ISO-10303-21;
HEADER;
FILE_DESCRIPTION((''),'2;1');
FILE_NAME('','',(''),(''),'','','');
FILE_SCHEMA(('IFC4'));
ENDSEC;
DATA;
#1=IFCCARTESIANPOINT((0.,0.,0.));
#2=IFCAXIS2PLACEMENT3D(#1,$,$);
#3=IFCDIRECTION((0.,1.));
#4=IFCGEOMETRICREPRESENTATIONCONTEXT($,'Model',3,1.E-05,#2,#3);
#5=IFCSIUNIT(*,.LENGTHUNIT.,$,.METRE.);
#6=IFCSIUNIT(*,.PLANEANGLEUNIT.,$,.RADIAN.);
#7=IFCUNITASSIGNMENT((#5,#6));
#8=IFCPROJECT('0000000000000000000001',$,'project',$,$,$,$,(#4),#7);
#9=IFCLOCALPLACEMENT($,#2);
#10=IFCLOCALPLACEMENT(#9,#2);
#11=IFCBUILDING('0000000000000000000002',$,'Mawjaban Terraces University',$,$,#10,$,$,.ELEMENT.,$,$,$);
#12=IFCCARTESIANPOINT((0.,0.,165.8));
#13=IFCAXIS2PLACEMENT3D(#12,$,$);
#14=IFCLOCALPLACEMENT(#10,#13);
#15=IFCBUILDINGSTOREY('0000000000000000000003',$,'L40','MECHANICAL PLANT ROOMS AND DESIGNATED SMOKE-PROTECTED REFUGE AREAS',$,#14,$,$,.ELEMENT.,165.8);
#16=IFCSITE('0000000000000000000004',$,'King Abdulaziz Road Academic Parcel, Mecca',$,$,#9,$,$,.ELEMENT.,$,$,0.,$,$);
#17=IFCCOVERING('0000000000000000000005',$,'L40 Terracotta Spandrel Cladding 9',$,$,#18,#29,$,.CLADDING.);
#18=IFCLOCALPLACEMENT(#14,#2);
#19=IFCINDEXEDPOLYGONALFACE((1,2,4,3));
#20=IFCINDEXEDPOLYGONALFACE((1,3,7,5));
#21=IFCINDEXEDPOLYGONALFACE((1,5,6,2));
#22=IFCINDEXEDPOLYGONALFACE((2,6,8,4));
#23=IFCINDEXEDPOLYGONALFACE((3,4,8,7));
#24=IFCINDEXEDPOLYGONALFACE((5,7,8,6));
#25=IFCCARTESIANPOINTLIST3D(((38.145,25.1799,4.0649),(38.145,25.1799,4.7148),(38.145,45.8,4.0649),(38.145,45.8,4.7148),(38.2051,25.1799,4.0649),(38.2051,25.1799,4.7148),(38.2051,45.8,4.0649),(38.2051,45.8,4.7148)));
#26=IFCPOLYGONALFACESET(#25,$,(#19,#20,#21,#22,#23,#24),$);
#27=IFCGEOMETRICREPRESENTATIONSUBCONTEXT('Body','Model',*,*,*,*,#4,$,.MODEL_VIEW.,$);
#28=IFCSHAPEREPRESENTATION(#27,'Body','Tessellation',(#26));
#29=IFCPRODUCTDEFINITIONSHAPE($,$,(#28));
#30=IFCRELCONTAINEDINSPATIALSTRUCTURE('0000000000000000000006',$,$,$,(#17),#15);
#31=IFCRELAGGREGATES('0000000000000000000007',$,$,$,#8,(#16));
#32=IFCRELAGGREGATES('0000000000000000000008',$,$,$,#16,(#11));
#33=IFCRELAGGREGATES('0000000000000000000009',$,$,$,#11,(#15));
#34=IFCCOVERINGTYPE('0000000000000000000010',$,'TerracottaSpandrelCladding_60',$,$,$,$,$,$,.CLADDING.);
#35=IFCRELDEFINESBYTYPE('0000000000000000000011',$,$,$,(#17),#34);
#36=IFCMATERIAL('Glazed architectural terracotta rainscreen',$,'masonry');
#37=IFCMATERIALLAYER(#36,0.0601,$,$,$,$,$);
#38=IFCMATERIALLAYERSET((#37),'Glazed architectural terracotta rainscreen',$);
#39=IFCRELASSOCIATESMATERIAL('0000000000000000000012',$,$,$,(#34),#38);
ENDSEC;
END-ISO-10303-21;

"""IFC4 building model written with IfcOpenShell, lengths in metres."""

from ifc_helpers import new_model, si_unit, direction, frame, origin, origin_2d, place, context, subcontext, project, spatial, rectangle, extrude, material, layer, layer_set, type_object, element, save


model = new_model("IFC4")

# Units and contexts
model_context = context("Model", 3, precision=1e-05, world=origin(), true_north=direction((0.0, 1.0)))
body_context = subcontext(model_context, "Body", "Model", "MODEL_VIEW")
ifc_project = project(units=[si_unit("LENGTHUNIT", "METRE"), si_unit("PLANEANGLEUNIT", "RADIAN")], contexts=[model_context])

# Site, building, storey
site_placement = place(None, origin())
site = spatial("IfcSite", under=ifc_project, at=site_placement, Name="King Abdulaziz Road Academic Parcel, Mecca", CompositionType="ELEMENT", RefElevation=0.0)
building_placement = place(site_placement, origin())
building = spatial("IfcBuilding", under=site, at=building_placement, Name="Mawjaban Terraces University", CompositionType="ELEMENT")
storey_placement = place(building_placement, frame((0.0, 0.0, 165.8)))
storey = spatial("IfcBuildingStorey", under=building, at=storey_placement, Name="L40", Description="MECHANICAL PLANT ROOMS AND DESIGNATED SMOKE-PROTECTED REFUGE AREAS", CompositionType="ELEMENT", Elevation=165.8)

# Covering
ifc_material_1 = material(Name="Glazed architectural terracotta rainscreen", Category="masonry")
ifc_layer_1 = layer(ifc_material_1, 0.0601)
ifc_layer_set_1 = layer_set([ifc_layer_1], Name="Glazed architectural terracotta rainscreen")
covering_type = type_object("IfcCoveringType", Name="TerracottaSpandrelCladding_60", PredefinedType="CLADDING", material=ifc_layer_set_1)
covering_placement = place(storey_placement, frame((38.175, 35.49, 4.0649), z_axis=(0.0, 0.0, 1.0), x_axis=(0.0, 1.0, 0.0)))
element("IfcCovering", 1, at=covering_placement, inside=storey, type_object=covering_type, Name="L40 Terracotta Spandrel Cladding 9", PredefinedType="CLADDING", context=body_context, shape_type="SweptSolid", body=[
    extrude(rectangle(XDim=20.6201, YDim=0.0601, at=origin_2d()), origin(), (0.0, 0.0, 1.0), 0.6499),
])

save(model, "model.ifc")
